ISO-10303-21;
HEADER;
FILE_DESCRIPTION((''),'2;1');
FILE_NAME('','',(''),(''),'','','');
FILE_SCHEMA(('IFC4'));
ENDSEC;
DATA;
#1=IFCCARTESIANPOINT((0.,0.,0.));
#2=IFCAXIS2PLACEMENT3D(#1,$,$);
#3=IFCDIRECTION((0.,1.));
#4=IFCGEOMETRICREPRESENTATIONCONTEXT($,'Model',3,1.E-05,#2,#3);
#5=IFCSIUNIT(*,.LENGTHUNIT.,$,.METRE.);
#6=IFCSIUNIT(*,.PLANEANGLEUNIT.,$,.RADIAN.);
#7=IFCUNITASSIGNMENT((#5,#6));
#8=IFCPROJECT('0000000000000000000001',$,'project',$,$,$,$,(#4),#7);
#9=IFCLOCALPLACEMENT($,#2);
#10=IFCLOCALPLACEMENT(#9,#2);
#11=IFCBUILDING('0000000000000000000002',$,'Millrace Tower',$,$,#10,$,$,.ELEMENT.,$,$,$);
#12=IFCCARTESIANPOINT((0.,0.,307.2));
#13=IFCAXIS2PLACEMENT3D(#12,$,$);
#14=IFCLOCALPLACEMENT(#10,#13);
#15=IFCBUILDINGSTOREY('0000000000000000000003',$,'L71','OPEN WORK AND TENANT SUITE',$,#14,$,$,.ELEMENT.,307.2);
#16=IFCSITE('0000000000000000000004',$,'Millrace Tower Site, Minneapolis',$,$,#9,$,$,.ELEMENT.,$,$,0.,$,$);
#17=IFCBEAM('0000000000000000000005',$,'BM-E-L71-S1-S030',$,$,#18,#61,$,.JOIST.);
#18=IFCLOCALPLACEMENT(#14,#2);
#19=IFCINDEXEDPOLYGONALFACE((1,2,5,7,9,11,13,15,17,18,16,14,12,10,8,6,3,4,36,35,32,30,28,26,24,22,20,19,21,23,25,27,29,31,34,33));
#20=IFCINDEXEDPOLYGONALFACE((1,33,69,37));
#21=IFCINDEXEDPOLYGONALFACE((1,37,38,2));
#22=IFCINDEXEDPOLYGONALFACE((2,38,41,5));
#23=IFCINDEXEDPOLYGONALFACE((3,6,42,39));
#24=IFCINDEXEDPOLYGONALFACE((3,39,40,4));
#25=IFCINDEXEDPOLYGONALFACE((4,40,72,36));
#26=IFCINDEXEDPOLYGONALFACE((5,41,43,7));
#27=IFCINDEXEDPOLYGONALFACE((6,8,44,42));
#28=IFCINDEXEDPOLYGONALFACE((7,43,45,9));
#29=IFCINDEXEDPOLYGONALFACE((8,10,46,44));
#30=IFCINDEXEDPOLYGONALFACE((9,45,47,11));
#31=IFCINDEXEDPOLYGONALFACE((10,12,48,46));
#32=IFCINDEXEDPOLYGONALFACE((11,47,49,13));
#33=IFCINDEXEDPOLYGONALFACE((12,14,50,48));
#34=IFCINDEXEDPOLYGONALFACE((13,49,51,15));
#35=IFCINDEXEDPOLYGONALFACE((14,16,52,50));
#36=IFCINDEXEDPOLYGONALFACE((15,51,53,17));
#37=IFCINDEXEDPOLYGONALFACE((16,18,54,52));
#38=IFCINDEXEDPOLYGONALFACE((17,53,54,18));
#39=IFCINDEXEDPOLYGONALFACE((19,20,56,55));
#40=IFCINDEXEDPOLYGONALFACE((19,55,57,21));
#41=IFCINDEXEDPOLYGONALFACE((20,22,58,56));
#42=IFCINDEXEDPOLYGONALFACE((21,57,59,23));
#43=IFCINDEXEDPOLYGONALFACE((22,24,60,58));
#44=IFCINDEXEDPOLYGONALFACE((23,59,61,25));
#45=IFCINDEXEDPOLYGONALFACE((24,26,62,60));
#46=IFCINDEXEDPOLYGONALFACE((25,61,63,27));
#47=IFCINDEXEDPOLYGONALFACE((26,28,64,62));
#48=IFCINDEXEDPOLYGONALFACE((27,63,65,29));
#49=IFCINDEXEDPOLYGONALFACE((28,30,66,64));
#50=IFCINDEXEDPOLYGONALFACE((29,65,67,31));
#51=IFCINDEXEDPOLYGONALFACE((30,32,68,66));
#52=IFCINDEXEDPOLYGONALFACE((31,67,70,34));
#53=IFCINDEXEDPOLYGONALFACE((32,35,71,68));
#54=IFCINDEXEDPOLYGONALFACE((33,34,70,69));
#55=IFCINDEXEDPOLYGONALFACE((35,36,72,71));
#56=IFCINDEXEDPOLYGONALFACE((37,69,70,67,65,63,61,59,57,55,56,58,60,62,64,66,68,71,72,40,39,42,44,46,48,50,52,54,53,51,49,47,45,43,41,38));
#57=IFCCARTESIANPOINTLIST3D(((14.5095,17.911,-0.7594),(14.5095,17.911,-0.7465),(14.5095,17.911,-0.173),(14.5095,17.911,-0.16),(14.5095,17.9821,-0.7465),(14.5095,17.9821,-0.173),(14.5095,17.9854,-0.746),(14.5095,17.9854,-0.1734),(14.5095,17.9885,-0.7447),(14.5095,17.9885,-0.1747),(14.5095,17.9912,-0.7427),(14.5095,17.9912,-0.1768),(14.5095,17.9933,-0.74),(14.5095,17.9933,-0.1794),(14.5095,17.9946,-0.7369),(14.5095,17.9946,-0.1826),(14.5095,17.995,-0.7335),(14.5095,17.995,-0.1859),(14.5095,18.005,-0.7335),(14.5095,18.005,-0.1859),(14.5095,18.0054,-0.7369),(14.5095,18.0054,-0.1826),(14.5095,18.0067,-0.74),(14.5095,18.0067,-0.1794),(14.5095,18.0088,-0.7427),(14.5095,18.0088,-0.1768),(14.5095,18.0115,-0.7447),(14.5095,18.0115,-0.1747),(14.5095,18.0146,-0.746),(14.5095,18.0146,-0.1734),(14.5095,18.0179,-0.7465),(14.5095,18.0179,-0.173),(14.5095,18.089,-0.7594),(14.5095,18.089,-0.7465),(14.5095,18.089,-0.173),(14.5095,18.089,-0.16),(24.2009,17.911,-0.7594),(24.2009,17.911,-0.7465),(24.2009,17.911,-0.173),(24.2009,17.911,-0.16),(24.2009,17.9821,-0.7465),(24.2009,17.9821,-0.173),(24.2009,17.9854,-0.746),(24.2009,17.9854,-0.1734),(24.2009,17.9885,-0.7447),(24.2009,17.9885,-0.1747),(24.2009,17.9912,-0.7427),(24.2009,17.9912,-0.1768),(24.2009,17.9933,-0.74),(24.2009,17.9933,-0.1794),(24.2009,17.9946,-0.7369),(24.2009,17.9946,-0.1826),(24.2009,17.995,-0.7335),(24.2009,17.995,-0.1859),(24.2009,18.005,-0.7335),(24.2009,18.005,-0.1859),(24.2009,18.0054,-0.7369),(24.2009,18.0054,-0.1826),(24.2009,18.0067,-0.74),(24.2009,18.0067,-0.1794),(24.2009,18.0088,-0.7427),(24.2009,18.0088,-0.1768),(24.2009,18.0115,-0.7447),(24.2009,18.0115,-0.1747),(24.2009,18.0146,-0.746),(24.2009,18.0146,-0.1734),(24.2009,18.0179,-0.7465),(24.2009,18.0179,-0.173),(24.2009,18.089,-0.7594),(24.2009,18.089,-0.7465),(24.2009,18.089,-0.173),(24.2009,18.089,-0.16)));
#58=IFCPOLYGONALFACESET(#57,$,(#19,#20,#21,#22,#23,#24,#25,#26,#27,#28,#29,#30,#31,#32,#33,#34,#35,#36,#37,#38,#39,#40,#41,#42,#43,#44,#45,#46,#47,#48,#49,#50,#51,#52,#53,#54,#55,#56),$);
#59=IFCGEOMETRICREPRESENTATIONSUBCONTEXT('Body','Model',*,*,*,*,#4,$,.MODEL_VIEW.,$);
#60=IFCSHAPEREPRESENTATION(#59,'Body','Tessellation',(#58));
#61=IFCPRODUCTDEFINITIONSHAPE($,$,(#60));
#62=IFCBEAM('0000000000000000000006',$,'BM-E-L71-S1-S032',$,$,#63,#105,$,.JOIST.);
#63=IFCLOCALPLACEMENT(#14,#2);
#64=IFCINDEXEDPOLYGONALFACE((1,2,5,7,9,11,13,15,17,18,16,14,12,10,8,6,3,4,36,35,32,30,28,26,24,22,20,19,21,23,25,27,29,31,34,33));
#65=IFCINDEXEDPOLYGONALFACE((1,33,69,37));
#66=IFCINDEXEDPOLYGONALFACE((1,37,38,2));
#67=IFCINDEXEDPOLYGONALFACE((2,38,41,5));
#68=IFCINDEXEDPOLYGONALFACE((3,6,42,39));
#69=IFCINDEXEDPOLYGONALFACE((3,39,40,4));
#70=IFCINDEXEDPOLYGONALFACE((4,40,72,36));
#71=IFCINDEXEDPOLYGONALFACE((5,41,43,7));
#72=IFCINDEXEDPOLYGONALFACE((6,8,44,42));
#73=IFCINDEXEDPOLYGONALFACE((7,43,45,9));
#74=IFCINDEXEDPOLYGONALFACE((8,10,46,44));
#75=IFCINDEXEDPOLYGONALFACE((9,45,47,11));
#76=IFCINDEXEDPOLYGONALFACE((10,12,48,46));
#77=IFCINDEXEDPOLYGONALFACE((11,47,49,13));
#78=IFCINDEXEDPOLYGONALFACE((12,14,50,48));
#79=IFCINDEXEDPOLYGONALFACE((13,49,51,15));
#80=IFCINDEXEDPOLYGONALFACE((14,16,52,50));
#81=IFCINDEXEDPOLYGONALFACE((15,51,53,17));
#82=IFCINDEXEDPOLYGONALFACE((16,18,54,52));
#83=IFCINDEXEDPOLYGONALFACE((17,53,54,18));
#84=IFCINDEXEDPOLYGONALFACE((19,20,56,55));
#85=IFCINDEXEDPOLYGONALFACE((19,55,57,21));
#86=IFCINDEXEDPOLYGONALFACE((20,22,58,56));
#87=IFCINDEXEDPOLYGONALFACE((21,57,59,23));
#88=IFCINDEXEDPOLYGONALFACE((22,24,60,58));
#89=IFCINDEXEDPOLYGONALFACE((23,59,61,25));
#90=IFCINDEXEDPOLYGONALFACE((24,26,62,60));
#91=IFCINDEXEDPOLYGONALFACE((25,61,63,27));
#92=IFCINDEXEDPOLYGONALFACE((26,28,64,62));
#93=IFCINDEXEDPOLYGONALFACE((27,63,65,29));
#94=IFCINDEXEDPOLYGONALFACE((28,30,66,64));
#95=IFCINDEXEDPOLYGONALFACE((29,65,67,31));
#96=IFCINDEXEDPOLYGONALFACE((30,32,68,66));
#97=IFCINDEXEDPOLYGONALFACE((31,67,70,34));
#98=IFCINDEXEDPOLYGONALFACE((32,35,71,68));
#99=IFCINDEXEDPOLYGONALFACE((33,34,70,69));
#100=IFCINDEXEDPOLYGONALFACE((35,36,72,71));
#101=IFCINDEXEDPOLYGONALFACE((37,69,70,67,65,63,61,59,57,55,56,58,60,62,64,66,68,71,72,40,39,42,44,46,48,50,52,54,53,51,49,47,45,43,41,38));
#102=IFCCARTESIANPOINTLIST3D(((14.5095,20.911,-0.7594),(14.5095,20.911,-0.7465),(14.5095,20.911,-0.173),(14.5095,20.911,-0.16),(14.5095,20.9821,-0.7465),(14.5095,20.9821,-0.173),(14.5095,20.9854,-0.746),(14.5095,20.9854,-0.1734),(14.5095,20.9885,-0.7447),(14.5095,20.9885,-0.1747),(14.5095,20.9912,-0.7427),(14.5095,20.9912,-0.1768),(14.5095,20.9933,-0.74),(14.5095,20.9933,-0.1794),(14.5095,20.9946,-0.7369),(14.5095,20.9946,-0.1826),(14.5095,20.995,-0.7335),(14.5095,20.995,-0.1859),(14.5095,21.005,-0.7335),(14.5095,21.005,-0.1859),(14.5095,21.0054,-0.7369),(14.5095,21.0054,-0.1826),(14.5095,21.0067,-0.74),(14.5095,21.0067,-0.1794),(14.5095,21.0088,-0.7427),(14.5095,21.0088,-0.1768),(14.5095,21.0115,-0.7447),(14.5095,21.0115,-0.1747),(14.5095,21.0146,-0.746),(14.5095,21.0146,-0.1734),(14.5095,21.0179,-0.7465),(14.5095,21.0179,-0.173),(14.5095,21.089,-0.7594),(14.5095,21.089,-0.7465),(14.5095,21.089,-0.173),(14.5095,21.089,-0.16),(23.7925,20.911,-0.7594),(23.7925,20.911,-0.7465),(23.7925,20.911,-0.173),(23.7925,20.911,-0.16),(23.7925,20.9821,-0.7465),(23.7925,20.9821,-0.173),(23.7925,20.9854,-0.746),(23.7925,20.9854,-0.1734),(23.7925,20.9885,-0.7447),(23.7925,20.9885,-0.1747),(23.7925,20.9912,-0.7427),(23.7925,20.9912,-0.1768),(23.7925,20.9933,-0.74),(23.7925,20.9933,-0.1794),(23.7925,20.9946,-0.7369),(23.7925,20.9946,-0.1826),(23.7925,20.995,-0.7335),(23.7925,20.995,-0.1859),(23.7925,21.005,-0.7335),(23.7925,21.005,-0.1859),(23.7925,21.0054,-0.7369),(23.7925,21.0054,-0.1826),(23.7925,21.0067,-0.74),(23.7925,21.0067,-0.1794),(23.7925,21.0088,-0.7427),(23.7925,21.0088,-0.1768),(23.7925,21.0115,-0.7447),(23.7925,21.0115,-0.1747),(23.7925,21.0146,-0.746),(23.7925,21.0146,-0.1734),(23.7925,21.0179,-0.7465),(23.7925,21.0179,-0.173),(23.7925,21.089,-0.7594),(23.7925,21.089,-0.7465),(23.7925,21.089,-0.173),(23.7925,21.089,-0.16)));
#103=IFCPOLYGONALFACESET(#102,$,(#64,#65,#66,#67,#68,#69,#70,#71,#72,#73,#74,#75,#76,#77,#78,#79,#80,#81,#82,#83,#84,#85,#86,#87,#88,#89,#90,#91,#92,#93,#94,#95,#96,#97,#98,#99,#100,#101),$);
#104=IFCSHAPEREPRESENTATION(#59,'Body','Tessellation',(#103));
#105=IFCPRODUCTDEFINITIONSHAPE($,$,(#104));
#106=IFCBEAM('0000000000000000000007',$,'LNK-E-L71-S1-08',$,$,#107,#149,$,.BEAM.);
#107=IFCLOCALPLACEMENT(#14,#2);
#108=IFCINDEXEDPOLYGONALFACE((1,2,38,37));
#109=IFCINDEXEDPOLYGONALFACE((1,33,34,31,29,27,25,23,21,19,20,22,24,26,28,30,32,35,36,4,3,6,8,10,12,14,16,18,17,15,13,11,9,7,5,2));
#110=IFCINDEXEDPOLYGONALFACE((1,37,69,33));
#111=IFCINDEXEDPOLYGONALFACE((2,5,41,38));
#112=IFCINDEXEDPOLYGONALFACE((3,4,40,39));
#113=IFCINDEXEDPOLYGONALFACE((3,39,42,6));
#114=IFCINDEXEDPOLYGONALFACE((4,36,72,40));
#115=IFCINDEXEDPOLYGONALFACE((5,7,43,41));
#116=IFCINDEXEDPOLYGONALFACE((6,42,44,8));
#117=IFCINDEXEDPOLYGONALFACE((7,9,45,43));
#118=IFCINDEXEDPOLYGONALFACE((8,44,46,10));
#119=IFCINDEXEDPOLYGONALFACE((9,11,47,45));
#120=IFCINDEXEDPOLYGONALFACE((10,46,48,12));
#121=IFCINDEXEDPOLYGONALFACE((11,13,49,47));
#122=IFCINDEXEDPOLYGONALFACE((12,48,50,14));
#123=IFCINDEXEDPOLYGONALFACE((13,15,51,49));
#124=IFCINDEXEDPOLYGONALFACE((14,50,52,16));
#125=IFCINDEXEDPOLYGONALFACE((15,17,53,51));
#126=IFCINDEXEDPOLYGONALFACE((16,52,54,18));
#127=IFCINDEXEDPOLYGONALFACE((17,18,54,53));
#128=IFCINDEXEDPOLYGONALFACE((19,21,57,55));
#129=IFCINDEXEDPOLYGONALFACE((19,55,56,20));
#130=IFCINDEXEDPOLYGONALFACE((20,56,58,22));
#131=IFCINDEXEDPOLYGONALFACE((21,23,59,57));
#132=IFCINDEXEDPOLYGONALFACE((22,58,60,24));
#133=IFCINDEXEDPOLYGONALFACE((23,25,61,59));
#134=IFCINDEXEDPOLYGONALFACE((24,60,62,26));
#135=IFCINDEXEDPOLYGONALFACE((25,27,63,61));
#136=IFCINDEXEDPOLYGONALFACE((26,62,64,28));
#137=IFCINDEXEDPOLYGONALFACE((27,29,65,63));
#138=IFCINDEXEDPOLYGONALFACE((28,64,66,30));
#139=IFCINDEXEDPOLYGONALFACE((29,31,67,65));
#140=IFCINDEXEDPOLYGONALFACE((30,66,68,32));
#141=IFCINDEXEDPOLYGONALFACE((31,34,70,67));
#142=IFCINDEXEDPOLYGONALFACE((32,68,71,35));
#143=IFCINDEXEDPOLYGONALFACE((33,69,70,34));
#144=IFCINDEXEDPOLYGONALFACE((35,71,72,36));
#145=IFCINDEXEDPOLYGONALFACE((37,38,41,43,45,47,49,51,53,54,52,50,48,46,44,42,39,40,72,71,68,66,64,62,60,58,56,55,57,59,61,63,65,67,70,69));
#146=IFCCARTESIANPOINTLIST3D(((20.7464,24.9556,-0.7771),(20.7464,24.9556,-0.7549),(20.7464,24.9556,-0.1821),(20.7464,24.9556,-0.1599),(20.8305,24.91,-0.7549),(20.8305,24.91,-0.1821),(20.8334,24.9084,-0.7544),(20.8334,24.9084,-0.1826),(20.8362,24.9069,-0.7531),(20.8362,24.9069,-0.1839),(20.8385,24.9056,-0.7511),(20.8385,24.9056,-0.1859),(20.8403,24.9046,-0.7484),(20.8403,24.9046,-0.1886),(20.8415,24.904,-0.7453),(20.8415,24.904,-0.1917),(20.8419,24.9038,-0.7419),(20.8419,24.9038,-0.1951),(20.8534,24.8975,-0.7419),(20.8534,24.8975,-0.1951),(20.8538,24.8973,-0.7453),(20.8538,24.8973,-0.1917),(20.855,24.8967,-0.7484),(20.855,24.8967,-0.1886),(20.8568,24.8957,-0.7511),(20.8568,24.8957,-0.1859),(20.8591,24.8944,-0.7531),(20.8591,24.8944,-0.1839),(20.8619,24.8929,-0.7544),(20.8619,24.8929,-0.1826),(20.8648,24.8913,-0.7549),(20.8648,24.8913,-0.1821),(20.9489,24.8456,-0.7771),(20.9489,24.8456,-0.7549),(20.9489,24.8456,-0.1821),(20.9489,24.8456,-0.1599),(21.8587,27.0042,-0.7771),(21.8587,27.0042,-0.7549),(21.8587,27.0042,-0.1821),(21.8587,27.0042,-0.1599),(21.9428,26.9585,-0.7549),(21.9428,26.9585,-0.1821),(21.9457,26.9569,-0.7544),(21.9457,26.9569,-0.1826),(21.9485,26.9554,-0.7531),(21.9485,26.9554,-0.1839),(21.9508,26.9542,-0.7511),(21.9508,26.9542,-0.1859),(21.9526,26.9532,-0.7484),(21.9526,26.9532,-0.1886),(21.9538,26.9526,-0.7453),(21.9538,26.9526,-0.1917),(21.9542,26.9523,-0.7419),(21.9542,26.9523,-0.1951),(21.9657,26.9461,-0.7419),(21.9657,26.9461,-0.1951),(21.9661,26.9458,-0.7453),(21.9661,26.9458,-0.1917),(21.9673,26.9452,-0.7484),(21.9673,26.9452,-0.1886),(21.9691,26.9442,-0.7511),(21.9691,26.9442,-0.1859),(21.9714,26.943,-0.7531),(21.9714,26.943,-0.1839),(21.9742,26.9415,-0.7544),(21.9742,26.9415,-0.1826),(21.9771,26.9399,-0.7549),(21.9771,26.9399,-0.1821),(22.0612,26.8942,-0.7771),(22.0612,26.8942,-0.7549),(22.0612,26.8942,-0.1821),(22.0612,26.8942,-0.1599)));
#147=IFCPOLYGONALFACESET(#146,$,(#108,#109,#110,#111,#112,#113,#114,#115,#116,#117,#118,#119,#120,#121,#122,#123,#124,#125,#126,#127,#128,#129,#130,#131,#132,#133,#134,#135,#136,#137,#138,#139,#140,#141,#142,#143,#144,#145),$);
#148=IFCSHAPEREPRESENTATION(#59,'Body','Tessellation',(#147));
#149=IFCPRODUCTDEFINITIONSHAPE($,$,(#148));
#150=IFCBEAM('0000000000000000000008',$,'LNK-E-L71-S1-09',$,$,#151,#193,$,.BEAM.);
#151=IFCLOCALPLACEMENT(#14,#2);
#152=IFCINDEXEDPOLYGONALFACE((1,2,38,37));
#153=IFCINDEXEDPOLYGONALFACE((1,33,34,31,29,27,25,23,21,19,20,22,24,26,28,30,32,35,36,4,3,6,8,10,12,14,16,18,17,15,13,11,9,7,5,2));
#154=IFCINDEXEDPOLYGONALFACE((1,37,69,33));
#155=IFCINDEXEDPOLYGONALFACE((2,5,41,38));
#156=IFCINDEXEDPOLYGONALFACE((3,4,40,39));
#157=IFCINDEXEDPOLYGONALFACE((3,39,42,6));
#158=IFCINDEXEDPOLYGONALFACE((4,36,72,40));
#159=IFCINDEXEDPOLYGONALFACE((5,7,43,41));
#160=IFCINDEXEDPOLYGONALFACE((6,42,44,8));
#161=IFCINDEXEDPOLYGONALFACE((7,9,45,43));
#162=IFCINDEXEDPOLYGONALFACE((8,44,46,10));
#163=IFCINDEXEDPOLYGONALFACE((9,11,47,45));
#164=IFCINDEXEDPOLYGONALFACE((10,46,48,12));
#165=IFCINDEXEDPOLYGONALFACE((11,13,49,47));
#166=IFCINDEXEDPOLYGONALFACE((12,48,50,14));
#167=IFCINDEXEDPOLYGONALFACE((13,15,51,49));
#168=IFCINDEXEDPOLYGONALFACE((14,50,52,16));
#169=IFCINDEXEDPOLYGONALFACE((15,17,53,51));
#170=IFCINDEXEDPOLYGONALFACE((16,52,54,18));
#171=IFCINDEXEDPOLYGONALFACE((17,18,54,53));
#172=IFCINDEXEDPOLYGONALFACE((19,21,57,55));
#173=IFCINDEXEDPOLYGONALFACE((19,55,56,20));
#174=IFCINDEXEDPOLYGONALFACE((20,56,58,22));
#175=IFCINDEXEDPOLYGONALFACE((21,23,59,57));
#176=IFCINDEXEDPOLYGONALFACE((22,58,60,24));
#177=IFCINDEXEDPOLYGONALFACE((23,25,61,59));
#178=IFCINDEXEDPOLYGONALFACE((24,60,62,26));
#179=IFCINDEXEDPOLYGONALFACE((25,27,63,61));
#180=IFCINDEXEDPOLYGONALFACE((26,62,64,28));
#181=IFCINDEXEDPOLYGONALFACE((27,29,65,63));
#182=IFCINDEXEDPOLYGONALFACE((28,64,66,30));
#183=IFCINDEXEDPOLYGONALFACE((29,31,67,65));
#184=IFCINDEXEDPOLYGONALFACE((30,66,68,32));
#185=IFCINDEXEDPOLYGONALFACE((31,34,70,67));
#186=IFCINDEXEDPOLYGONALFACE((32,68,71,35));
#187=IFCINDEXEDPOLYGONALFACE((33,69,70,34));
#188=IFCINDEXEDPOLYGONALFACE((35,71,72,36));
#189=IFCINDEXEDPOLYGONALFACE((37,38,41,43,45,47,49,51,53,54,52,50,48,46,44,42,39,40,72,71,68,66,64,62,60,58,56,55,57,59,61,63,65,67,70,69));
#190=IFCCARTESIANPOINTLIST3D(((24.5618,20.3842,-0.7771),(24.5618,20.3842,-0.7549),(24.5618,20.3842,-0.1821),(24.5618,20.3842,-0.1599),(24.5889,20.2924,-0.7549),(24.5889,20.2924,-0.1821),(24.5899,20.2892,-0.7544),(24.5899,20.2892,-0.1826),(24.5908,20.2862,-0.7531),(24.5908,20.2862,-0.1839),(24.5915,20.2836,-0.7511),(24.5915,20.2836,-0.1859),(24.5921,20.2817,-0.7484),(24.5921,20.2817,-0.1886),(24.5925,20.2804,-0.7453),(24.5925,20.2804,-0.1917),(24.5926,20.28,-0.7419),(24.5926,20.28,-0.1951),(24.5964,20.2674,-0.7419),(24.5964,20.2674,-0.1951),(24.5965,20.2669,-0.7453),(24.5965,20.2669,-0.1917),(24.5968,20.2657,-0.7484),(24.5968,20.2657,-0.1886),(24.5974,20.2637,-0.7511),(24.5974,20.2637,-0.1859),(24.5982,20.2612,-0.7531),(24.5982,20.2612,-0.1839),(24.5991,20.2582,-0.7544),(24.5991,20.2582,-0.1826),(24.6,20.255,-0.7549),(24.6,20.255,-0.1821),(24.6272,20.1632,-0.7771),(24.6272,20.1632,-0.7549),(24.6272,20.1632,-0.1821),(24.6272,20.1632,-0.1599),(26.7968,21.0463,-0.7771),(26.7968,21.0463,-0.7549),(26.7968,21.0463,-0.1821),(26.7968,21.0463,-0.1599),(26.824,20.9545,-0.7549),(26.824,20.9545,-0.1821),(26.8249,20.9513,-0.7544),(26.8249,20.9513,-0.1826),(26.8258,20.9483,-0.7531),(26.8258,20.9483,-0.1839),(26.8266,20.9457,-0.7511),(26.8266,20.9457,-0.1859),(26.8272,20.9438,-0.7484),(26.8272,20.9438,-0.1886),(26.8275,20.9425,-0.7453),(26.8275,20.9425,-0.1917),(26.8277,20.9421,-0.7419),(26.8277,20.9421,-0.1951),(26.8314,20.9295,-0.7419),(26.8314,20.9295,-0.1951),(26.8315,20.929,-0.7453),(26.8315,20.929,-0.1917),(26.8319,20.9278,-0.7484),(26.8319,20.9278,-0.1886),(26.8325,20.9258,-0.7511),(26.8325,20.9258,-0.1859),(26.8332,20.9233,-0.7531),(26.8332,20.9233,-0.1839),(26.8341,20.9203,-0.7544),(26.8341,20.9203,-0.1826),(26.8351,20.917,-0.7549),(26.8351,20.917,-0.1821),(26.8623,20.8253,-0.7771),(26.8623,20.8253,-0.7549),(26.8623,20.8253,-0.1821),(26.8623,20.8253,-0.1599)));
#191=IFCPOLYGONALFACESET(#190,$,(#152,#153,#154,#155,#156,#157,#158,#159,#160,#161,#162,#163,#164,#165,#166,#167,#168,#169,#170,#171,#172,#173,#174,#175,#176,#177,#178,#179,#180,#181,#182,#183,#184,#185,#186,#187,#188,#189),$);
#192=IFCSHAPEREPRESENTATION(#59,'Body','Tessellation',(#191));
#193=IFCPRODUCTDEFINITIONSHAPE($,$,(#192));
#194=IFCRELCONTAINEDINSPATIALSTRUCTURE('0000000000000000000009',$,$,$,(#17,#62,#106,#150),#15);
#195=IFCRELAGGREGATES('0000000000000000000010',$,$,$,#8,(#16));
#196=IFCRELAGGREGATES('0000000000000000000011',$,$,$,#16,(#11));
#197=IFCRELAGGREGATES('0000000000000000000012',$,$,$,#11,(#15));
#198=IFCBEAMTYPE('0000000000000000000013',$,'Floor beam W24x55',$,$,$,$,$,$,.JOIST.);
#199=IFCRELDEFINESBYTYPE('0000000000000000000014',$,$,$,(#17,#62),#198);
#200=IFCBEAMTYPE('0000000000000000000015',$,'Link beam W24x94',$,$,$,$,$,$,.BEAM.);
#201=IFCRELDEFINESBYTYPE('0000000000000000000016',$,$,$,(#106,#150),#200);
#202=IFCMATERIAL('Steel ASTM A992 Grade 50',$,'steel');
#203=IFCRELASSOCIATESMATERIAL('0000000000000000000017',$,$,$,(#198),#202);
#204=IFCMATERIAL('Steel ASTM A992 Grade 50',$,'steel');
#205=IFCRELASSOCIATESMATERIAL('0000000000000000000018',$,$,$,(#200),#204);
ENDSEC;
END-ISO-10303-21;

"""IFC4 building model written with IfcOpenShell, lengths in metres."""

from ifc_helpers import new_model, si_unit, direction, frame, origin, origin_2d, place, context, subcontext, project, spatial, i_section, extrude, material, material_profile, profile_set, type_object, element, save


model = new_model("IFC4")

# Units and contexts
model_context = context("Model", 3, precision=1e-05, world=origin(), true_north=direction((0.0, 1.0)))
body_context = subcontext(model_context, "Body", "Model", "MODEL_VIEW")
ifc_project = project(units=[si_unit("LENGTHUNIT", "METRE"), si_unit("PLANEANGLEUNIT", "RADIAN")], contexts=[model_context])

# Site, building, storey
site_placement = place(None, origin())
site = spatial("IfcSite", under=ifc_project, at=site_placement, Name="Millrace Tower Site, Minneapolis", CompositionType="ELEMENT", RefElevation=0.0)
building_placement = place(site_placement, origin())
building = spatial("IfcBuilding", under=site, at=building_placement, Name="Millrace Tower", CompositionType="ELEMENT")
storey_placement = place(building_placement, frame((0.0, 0.0, 307.2)))
storey = spatial("IfcBuildingStorey", under=building, at=storey_placement, Name="L71", Description="OPEN WORK AND TENANT SUITE", CompositionType="ELEMENT", Elevation=307.2)

# Beams
ifc_material_1 = material(Name="Steel ASTM A992 Grade 50", Category="steel")
ifc_material_profile_1 = material_profile(ifc_material_1, i_section(OverallWidth=0.178, OverallDepth=0.5994, WebThickness=0.01, FlangeThickness=0.0129, FilletRadius=0.0129, at=origin_2d()))
ifc_profile_set_1 = profile_set([ifc_material_profile_1], Name="Steel ASTM A992 Grade 50")
beam_type_1 = type_object("IfcBeamType", Name="Floor beam W24x55", PredefinedType="JOIST", material=ifc_profile_set_1)
beam_1_placement = place(storey_placement, frame((14.5095, 18.0, -0.4597), z_axis=(1.0, 0.0, 0.0), x_axis=(0.0, 1.0, 0.0)))
element("IfcBeam", 1, at=beam_1_placement, inside=storey, type_object=beam_type_1, Name="BM-E-L71-S1-S030", PredefinedType="JOIST", context=body_context, shape_type="SweptSolid", body=[
    extrude(i_section(OverallWidth=0.178, OverallDepth=0.5994, WebThickness=0.01, FlangeThickness=0.0129, FilletRadius=0.0129, at=origin_2d()), origin(), (0.0, 0.0, 1.0), 9.6914),
])
beam_2_placement = place(storey_placement, frame((14.5095, 21.0, -0.4597), z_axis=(1.0, 0.0, 0.0), x_axis=(0.0, 1.0, 0.0)))
element("IfcBeam", 2, at=beam_2_placement, inside=storey, type_object=beam_type_1, Name="BM-E-L71-S1-S032", PredefinedType="JOIST", context=body_context, shape_type="SweptSolid", body=[
    extrude(i_section(OverallWidth=0.178, OverallDepth=0.5994, WebThickness=0.01, FlangeThickness=0.0129, FilletRadius=0.0129, at=origin_2d()), origin(), (0.0, 0.0, 1.0), 9.283),
])
ifc_material_2 = material(Name="Steel ASTM A992 Grade 50", Category="steel")
ifc_material_profile_2 = material_profile(ifc_material_2, i_section(OverallWidth=0.2305, OverallDepth=0.6172, WebThickness=0.0132, FlangeThickness=0.0222, FilletRadius=0.0129, at=origin_2d()))
ifc_profile_set_2 = profile_set([ifc_material_profile_2], Name="Steel ASTM A992 Grade 50")
beam_type_2 = type_object("IfcBeamType", Name="Link beam W24x94", PredefinedType="BEAM", material=ifc_profile_set_2)
for number, where, z_axis, x_axis, name in (
    (3, (20.8477, 24.9006, -0.4685), (0.477164, 0.878815, 0.0), (-0.878815, 0.477164, 0.0), "LNK-E-L71-S1-08"),
    (4, (24.5945, 20.2737, -0.4685), (0.958815, 0.284031, 0.0), (-0.284031, 0.958815, 0.0), "LNK-E-L71-S1-09"),
):
    element("IfcBeam", number, at=place(storey_placement, frame(where, z_axis=z_axis, x_axis=x_axis)), inside=storey, type_object=beam_type_2, Name=name, PredefinedType="BEAM", context=body_context, shape_type="SweptSolid", body=[
        extrude(i_section(OverallWidth=0.2305, OverallDepth=0.6172, WebThickness=0.0132, FlangeThickness=0.0222, FilletRadius=0.0129, at=origin_2d()), origin(), (0.0, 0.0, 1.0), 2.3311),
    ])

save(model, "model.ifc")
